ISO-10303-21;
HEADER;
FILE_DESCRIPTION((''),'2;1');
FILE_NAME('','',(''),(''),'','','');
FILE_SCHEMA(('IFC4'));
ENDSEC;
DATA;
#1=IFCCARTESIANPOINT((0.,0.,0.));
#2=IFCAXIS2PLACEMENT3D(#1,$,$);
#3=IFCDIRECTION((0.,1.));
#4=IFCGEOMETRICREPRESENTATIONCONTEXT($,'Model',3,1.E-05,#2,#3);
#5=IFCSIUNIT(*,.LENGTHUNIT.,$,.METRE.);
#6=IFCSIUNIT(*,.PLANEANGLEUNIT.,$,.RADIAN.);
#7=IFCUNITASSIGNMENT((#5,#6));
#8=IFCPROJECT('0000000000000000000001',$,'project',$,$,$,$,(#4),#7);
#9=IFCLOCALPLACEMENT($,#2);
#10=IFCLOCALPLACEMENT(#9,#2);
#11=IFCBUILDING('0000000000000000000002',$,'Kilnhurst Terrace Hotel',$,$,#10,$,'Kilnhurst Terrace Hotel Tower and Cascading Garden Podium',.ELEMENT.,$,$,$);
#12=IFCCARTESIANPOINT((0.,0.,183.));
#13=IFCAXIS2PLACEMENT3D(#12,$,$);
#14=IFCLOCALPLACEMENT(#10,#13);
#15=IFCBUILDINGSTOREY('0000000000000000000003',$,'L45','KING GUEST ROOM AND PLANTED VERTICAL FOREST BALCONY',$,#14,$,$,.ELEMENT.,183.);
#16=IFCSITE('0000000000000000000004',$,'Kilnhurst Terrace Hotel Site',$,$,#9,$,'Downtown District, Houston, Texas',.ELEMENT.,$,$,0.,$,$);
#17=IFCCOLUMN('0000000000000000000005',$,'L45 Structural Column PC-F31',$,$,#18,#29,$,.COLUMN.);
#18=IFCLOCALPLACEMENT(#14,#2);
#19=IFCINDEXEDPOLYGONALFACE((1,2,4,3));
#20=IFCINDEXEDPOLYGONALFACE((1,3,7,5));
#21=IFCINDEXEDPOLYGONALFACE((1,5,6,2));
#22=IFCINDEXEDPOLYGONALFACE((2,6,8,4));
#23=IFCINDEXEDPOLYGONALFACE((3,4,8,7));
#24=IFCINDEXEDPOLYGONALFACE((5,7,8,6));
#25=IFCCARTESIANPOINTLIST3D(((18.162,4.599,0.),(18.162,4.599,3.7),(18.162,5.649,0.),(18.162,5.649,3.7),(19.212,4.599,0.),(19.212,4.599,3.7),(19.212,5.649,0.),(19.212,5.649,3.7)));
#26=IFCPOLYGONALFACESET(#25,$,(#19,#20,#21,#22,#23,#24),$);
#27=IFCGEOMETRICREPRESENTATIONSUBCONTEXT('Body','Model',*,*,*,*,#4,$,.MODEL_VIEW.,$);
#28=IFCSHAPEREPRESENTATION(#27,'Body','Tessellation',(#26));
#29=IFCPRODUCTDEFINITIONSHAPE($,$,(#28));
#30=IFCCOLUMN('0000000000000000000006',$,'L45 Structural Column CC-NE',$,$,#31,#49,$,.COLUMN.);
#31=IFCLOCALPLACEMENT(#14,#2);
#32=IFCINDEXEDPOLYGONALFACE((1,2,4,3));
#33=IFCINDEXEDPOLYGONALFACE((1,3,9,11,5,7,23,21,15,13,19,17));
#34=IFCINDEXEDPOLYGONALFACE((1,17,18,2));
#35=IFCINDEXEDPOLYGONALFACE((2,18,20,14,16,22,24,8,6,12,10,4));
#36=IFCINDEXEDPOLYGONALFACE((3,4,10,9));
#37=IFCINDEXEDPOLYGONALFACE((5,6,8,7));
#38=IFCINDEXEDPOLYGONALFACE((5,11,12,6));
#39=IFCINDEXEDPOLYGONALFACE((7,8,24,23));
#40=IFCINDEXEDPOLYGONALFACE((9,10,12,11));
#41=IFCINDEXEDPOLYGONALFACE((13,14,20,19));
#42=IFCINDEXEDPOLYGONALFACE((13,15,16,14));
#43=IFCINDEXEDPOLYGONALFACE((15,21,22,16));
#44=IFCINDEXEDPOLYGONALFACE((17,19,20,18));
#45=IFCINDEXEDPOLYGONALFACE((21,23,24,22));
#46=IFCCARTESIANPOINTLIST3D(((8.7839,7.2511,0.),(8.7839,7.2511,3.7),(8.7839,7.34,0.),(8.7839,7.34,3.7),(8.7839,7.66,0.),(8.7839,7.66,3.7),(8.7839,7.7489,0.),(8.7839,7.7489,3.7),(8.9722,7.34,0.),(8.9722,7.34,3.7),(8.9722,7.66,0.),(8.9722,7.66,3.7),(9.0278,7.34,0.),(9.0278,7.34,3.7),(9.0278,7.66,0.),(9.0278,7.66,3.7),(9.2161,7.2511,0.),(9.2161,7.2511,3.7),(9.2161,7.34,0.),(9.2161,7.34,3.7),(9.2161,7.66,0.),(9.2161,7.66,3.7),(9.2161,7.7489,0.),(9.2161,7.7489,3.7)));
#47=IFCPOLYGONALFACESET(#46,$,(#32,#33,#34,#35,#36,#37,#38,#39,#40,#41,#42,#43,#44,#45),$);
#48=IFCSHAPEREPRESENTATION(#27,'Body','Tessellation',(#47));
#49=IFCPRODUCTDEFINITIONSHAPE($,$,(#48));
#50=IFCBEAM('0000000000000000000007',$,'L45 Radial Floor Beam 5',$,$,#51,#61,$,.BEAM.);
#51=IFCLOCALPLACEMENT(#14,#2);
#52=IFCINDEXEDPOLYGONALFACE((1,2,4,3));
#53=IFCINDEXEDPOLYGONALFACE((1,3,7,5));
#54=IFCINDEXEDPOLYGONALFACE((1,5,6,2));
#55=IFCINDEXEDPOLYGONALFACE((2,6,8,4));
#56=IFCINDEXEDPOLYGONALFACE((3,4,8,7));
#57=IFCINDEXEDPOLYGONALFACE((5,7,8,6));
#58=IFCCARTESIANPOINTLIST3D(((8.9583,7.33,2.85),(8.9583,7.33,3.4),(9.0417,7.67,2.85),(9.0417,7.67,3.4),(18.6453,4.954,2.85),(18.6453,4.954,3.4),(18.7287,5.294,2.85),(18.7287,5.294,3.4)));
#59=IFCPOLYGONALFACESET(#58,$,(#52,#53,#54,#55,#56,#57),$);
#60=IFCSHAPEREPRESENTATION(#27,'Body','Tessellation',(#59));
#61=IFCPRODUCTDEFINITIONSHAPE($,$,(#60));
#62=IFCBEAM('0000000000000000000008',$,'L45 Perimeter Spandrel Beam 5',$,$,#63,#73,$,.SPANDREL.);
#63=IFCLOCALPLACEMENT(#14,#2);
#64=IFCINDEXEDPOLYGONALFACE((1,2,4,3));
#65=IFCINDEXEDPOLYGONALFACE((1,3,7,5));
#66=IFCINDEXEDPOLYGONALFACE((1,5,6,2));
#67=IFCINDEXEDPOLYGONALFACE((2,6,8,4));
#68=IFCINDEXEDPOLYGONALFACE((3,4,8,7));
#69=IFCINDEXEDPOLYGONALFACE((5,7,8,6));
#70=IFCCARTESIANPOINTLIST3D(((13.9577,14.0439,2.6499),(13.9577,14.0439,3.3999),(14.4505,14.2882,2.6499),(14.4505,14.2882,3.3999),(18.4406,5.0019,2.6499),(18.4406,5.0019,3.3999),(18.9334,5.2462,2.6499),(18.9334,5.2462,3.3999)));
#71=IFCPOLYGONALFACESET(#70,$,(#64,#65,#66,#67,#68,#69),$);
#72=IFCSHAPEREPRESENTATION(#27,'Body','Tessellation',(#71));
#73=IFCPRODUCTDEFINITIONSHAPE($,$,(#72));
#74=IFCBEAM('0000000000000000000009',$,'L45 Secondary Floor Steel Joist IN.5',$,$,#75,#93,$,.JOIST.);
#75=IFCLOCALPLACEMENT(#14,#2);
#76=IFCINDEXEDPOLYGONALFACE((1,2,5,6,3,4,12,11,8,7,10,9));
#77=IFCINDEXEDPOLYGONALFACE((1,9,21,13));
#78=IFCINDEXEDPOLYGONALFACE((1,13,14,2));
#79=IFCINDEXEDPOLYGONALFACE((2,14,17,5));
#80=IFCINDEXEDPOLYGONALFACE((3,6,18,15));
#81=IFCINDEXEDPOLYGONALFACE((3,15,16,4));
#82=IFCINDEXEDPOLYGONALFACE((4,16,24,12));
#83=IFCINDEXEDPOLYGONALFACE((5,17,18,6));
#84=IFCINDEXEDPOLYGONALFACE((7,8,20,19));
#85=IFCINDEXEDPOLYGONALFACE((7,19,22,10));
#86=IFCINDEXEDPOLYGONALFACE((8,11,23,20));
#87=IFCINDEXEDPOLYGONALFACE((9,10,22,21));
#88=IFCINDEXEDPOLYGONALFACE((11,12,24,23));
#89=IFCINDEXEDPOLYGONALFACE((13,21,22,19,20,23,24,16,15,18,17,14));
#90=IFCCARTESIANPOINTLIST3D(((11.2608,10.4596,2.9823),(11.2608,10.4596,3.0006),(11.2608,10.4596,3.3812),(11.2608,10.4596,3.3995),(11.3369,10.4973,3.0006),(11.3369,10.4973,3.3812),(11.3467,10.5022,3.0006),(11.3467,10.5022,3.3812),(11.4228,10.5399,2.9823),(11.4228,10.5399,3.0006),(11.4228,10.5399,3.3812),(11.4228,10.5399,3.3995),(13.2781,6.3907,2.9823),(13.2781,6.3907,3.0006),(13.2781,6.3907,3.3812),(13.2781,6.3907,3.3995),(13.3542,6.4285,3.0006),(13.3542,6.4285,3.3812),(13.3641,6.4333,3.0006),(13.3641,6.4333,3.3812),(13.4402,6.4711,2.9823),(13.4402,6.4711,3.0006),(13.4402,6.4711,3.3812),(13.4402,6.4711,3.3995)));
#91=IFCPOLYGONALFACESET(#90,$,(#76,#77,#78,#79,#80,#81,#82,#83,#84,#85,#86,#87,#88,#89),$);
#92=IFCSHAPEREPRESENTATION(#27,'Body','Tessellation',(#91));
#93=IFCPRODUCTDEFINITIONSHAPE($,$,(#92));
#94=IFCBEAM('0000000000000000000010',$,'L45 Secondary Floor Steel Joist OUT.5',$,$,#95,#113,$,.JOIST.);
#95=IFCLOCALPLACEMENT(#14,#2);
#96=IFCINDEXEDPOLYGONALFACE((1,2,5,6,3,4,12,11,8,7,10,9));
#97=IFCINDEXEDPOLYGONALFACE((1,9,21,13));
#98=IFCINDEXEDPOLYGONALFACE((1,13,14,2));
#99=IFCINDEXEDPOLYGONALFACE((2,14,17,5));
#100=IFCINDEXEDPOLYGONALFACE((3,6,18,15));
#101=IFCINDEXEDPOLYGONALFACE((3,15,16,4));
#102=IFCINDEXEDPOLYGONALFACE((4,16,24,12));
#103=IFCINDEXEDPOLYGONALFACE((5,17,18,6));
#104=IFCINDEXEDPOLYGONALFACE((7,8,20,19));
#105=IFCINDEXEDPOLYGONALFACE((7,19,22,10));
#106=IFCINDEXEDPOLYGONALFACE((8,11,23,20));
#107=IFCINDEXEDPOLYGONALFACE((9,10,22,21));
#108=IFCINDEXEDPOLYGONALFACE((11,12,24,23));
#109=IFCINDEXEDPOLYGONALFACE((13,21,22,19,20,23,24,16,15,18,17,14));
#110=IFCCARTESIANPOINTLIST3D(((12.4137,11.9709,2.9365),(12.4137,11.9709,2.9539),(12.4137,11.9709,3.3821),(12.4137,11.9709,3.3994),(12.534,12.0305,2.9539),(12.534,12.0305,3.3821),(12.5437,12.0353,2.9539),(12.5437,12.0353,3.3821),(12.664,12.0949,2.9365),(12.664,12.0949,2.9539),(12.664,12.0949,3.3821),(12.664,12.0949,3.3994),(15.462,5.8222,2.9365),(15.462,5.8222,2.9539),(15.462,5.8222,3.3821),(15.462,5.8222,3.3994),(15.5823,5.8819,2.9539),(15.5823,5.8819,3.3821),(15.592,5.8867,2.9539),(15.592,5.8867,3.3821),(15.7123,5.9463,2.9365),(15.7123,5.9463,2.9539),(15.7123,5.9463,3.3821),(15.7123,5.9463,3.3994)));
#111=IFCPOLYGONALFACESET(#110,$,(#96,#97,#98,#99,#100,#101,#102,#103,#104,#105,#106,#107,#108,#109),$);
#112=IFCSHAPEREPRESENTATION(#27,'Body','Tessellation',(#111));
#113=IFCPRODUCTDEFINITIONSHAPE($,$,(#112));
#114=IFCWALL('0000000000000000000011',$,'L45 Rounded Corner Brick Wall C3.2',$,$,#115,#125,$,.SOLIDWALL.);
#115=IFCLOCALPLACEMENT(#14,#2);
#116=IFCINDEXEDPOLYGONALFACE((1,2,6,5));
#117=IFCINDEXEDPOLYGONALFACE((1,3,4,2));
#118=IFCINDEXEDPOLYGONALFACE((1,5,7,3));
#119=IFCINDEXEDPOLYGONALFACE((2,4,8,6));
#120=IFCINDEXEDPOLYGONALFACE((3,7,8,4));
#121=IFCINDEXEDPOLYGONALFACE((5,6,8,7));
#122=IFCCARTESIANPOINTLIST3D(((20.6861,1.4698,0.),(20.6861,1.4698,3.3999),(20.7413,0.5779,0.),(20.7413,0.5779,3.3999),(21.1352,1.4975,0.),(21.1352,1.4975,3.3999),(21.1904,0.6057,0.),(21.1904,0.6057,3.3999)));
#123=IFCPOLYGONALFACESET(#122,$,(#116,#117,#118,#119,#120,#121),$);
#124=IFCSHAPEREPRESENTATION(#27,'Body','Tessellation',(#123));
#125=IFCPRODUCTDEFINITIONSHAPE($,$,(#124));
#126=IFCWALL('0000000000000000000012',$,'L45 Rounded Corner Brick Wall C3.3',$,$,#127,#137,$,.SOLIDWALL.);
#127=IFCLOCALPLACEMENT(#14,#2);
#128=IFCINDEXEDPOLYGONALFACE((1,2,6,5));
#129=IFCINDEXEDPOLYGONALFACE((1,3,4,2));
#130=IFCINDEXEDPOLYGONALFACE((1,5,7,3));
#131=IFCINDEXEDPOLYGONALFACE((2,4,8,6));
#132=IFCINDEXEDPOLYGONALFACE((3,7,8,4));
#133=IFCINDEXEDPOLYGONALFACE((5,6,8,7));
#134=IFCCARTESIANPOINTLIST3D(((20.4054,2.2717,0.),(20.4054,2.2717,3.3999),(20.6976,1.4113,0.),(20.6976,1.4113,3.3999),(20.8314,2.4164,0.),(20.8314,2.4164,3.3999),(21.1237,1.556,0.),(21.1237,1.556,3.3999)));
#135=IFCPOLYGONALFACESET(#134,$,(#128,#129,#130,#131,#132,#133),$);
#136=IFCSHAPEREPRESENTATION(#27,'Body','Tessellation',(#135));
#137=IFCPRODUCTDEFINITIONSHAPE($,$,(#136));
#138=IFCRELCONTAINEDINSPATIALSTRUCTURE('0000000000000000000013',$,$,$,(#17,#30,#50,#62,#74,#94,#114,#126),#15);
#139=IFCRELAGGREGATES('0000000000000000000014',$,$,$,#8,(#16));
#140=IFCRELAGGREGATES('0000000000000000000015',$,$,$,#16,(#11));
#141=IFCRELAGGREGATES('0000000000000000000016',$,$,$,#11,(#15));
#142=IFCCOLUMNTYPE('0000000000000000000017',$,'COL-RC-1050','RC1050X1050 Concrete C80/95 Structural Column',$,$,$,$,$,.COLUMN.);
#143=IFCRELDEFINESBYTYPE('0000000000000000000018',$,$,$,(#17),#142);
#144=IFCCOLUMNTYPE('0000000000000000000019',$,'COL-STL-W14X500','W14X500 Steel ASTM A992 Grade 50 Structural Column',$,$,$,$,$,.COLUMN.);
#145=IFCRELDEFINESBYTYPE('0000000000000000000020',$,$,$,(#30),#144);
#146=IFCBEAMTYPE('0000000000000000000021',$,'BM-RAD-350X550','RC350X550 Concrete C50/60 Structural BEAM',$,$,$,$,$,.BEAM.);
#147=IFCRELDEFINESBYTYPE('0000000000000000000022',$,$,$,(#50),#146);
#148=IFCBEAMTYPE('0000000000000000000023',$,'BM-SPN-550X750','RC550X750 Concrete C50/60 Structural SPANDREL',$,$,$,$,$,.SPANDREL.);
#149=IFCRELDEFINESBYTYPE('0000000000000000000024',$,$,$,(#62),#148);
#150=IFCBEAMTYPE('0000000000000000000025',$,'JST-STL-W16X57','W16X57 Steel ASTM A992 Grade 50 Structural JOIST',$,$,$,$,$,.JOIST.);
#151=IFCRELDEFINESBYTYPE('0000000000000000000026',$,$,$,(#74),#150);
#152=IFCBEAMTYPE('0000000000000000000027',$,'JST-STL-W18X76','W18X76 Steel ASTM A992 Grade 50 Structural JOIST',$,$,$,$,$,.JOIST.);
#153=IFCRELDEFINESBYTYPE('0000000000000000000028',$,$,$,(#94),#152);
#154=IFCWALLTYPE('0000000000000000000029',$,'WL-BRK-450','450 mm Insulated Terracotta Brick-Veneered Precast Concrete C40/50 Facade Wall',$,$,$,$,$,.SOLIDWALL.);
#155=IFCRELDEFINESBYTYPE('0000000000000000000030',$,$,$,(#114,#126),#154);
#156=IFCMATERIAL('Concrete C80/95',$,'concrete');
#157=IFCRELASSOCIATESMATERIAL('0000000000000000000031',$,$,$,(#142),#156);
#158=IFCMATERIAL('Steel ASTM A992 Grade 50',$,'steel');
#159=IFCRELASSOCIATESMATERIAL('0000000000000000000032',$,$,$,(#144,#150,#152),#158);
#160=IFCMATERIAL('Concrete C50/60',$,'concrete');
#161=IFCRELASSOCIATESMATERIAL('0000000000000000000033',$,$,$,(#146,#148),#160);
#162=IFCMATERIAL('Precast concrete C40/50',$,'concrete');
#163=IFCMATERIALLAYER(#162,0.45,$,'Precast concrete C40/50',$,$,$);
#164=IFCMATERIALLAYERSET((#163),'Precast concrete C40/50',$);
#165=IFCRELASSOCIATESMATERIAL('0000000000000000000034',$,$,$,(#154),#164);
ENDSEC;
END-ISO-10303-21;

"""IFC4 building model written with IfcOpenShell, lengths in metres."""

from ifc_helpers import new_model, si_unit, direction, frame, frame_2d, origin, origin_2d, place, context, subcontext, project, spatial, rectangle, i_section, extrude, material, layer, layer_set, material_profile, profile_set, type_object, element, save


model = new_model("IFC4")

# Units and contexts
model_context = context("Model", 3, precision=1e-05, world=origin(), true_north=direction((0.0, 1.0)))
body_context = subcontext(model_context, "Body", "Model", "MODEL_VIEW")
ifc_project = project(units=[si_unit("LENGTHUNIT", "METRE"), si_unit("PLANEANGLEUNIT", "RADIAN")], contexts=[model_context])

# Site, building, storey
site_placement = place(None, origin())
site = spatial("IfcSite", under=ifc_project, at=site_placement, Name="Kilnhurst Terrace Hotel Site", LongName="Downtown District, Houston, Texas", CompositionType="ELEMENT", RefElevation=0.0)
building_placement = place(site_placement, origin())
building = spatial("IfcBuilding", under=site, at=building_placement, Name="Kilnhurst Terrace Hotel", LongName="Kilnhurst Terrace Hotel Tower and Cascading Garden Podium", CompositionType="ELEMENT")
storey_placement = place(building_placement, frame((0.0, 0.0, 183.0)))
storey = spatial("IfcBuildingStorey", under=building, at=storey_placement, Name="L45", Description="KING GUEST ROOM AND PLANTED VERTICAL FOREST BALCONY", CompositionType="ELEMENT", Elevation=183.0)

# Columns
ifc_material_1 = material(Name="Concrete C80/95", Category="concrete")
ifc_material_profile_1 = material_profile(ifc_material_1, rectangle(XDim=1.05, YDim=1.05, at=origin_2d()), Name="RC1050X1050")
ifc_profile_set_1 = profile_set([ifc_material_profile_1], Name="Concrete C80/95")
column_type_1 = type_object("IfcColumnType", Name="COL-RC-1050", Description="RC1050X1050 Concrete C80/95 Structural Column", PredefinedType="COLUMN", material=ifc_profile_set_1)
column_1_placement = place(storey_placement, frame((18.687, 5.124, 0.0), z_axis=(0.0, 0.0, 1.0), x_axis=(1.0, 0.0, 0.0)))
element("IfcColumn", 1, at=column_1_placement, inside=storey, type_object=column_type_1, Name="L45 Structural Column PC-F31", PredefinedType="COLUMN", context=body_context, shape_type="SweptSolid", body=[
    extrude(rectangle(XDim=1.05, YDim=1.05, at=origin_2d()), origin(), (0.0, 0.0, 1.0), 3.7),
])
ifc_material_2 = material(Name="Steel ASTM A992 Grade 50", Category="steel")
ifc_material_profile_2 = material_profile(ifc_material_2, i_section(OverallWidth=0.4321, OverallDepth=0.4978, WebThickness=0.0557, FlangeThickness=0.0889, at=origin_2d()), Name="W14X500")
ifc_profile_set_2 = profile_set([ifc_material_profile_2], Name="Steel ASTM A992 Grade 50")
column_type_2 = type_object("IfcColumnType", Name="COL-STL-W14X500", Description="W14X500 Steel ASTM A992 Grade 50 Structural Column", PredefinedType="COLUMN", material=ifc_profile_set_2)
column_2_placement = place(storey_placement, frame((9.0, 7.5, 0.0), z_axis=(0.0, 0.0, 1.0), x_axis=(1.0, 0.0, 0.0)))
element("IfcColumn", 2, at=column_2_placement, inside=storey, type_object=column_type_2, Name="L45 Structural Column CC-NE", PredefinedType="COLUMN", context=body_context, shape_type="SweptSolid", body=[
    extrude(i_section(OverallWidth=0.4321, OverallDepth=0.4978, WebThickness=0.0557, FlangeThickness=0.0889, at=origin_2d()), origin(), (0.0, 0.0, 1.0), 3.7),
])

# Beams
ifc_material_3 = material(Name="Concrete C50/60", Category="concrete")
ifc_material_profile_3 = material_profile(ifc_material_3, rectangle(XDim=0.3501, YDim=0.55, at=origin_2d()), Name="RC350X550")
ifc_profile_set_3 = profile_set([ifc_material_profile_3], Name="Concrete C50/60")
beam_type_1 = type_object("IfcBeamType", Name="BM-RAD-350X550", Description="RC350X550 Concrete C50/60 Structural BEAM", PredefinedType="BEAM", material=ifc_profile_set_3)
beam_1_placement = place(storey_placement, frame((9.0, 7.5, 3.125), z_axis=(0.971213, -0.238214, 0.0), x_axis=(0.238214, 0.971213, 0.0)))
element("IfcBeam", 3, at=beam_1_placement, inside=storey, type_object=beam_type_1, Name="L45 Radial Floor Beam 5", PredefinedType="BEAM", context=body_context, shape_type="SweptSolid", body=[
    extrude(rectangle(XDim=0.3501, YDim=0.55, at=origin_2d()), origin(), (0.0, 0.0, 1.0), 9.9741),
])
ifc_material_profile_4 = material_profile(ifc_material_3, rectangle(XDim=0.55, YDim=0.75, at=origin_2d()), Name="RC550X750")
ifc_profile_set_4 = profile_set([ifc_material_profile_4], Name="Concrete C50/60")
beam_type_2 = type_object("IfcBeamType", Name="BM-SPN-550X750", Description="RC550X750 Concrete C50/60 Structural SPANDREL", PredefinedType="SPANDREL", material=ifc_profile_set_4)
beam_2_placement = place(storey_placement, frame((18.687, 5.124, 3.0249), z_axis=(-0.444192, 0.895932, 0.0), x_axis=(-0.895932, -0.444192, 0.0)))
element("IfcBeam", 4, at=beam_2_placement, inside=storey, type_object=beam_type_2, Name="L45 Perimeter Spandrel Beam 5", PredefinedType="SPANDREL", context=body_context, shape_type="SweptSolid", body=[
    extrude(rectangle(XDim=0.55, YDim=0.75, at=origin_2d()), origin(), (0.0, 0.0, 1.0), 10.0923),
])
ifc_material_profile_5 = material_profile(ifc_material_2, i_section(OverallWidth=0.1809, OverallDepth=0.4172, WebThickness=0.011, FlangeThickness=0.0183, at=origin_2d()), Name="W16X57")
ifc_profile_set_5 = profile_set([ifc_material_profile_5], Name="Steel ASTM A992 Grade 50")
beam_type_3 = type_object("IfcBeamType", Name="JST-STL-W16X57", Description="W16X57 Steel ASTM A992 Grade 50 Structural JOIST", PredefinedType="JOIST", material=ifc_profile_set_5)
beam_3_placement = place(storey_placement, frame((13.3591, 6.4309, 3.1909), z_axis=(-0.444201, 0.895927, 0.0), x_axis=(-0.895927, -0.444201, 0.0)))
element("IfcBeam", 5, at=beam_3_placement, inside=storey, type_object=beam_type_3, Name="L45 Secondary Floor Steel Joist IN.5", PredefinedType="JOIST", context=body_context, shape_type="SweptSolid", body=[
    extrude(i_section(OverallWidth=0.1809, OverallDepth=0.4172, WebThickness=0.011, FlangeThickness=0.0183, at=origin_2d()), origin(), (0.0, 0.0, 1.0), 4.5415),
])
ifc_material_profile_6 = material_profile(ifc_material_2, i_section(OverallWidth=0.2793, OverallDepth=0.4629, WebThickness=0.0107, FlangeThickness=0.0173, at=origin_2d()), Name="W18X76")
ifc_profile_set_6 = profile_set([ifc_material_profile_6], Name="Steel ASTM A992 Grade 50")
beam_type_4 = type_object("IfcBeamType", Name="JST-STL-W18X76", Description="W18X76 Steel ASTM A992 Grade 50 Structural JOIST", PredefinedType="JOIST", material=ifc_profile_set_6)
beam_4_placement = place(storey_placement, frame((15.5872, 5.8843, 3.168), z_axis=(-0.44418, 0.895938, 0.0), x_axis=(-0.895938, -0.44418, 0.0)))
element("IfcBeam", 6, at=beam_4_placement, inside=storey, type_object=beam_type_4, Name="L45 Secondary Floor Steel Joist OUT.5", PredefinedType="JOIST", context=body_context, shape_type="SweptSolid", body=[
    extrude(i_section(OverallWidth=0.2793, OverallDepth=0.4629, WebThickness=0.0107, FlangeThickness=0.0173, at=origin_2d()), origin(), (0.0, 0.0, 1.0), 6.8628),
])

# Walls
ifc_material_4 = material(Name="Precast concrete C40/50", Category="concrete")
ifc_layer_1 = layer(ifc_material_4, 0.45, Name="Precast concrete C40/50")
ifc_layer_set_1 = layer_set([ifc_layer_1], Name="Precast concrete C40/50")
wall_type_1 = type_object("IfcWallType", Name="WL-BRK-450", Description="450 mm Insulated Terracotta Brick-Veneered Precast Concrete C40/50 Facade Wall", PredefinedType="SOLIDWALL", material=ifc_layer_set_1)
wall_1_placement = place(storey_placement, frame((20.9658, 0.5918, 0.0), z_axis=(0.0, 0.0, 1.0), x_axis=(-0.061749, 0.998092, 0.0)))
element("IfcWall", 7, at=wall_1_placement, inside=storey, type_object=wall_type_1, Name="L45 Rounded Corner Brick Wall C3.2", PredefinedType="SOLIDWALL", context=body_context, shape_type="SweptSolid", body=[
    extrude(rectangle(XDim=0.8936, YDim=0.45, at=frame_2d((0.4468, 0.0))), origin(), (0.0, 0.0, 1.0), 3.3999),
])
wall_2_placement = place(storey_placement, frame((20.9106, 1.4836, 0.0), z_axis=(0.0, 0.0, 1.0), x_axis=(-0.321623, 0.946868, 0.0)))
element("IfcWall", 8, at=wall_2_placement, inside=storey, type_object=wall_type_1, Name="L45 Rounded Corner Brick Wall C3.3", PredefinedType="SOLIDWALL", context=body_context, shape_type="SweptSolid", body=[
    extrude(rectangle(XDim=0.9087, YDim=0.45, at=frame_2d((0.4543, 0.0))), origin(), (0.0, 0.0, 1.0), 3.3999),
])

save(model, "model.ifc")
